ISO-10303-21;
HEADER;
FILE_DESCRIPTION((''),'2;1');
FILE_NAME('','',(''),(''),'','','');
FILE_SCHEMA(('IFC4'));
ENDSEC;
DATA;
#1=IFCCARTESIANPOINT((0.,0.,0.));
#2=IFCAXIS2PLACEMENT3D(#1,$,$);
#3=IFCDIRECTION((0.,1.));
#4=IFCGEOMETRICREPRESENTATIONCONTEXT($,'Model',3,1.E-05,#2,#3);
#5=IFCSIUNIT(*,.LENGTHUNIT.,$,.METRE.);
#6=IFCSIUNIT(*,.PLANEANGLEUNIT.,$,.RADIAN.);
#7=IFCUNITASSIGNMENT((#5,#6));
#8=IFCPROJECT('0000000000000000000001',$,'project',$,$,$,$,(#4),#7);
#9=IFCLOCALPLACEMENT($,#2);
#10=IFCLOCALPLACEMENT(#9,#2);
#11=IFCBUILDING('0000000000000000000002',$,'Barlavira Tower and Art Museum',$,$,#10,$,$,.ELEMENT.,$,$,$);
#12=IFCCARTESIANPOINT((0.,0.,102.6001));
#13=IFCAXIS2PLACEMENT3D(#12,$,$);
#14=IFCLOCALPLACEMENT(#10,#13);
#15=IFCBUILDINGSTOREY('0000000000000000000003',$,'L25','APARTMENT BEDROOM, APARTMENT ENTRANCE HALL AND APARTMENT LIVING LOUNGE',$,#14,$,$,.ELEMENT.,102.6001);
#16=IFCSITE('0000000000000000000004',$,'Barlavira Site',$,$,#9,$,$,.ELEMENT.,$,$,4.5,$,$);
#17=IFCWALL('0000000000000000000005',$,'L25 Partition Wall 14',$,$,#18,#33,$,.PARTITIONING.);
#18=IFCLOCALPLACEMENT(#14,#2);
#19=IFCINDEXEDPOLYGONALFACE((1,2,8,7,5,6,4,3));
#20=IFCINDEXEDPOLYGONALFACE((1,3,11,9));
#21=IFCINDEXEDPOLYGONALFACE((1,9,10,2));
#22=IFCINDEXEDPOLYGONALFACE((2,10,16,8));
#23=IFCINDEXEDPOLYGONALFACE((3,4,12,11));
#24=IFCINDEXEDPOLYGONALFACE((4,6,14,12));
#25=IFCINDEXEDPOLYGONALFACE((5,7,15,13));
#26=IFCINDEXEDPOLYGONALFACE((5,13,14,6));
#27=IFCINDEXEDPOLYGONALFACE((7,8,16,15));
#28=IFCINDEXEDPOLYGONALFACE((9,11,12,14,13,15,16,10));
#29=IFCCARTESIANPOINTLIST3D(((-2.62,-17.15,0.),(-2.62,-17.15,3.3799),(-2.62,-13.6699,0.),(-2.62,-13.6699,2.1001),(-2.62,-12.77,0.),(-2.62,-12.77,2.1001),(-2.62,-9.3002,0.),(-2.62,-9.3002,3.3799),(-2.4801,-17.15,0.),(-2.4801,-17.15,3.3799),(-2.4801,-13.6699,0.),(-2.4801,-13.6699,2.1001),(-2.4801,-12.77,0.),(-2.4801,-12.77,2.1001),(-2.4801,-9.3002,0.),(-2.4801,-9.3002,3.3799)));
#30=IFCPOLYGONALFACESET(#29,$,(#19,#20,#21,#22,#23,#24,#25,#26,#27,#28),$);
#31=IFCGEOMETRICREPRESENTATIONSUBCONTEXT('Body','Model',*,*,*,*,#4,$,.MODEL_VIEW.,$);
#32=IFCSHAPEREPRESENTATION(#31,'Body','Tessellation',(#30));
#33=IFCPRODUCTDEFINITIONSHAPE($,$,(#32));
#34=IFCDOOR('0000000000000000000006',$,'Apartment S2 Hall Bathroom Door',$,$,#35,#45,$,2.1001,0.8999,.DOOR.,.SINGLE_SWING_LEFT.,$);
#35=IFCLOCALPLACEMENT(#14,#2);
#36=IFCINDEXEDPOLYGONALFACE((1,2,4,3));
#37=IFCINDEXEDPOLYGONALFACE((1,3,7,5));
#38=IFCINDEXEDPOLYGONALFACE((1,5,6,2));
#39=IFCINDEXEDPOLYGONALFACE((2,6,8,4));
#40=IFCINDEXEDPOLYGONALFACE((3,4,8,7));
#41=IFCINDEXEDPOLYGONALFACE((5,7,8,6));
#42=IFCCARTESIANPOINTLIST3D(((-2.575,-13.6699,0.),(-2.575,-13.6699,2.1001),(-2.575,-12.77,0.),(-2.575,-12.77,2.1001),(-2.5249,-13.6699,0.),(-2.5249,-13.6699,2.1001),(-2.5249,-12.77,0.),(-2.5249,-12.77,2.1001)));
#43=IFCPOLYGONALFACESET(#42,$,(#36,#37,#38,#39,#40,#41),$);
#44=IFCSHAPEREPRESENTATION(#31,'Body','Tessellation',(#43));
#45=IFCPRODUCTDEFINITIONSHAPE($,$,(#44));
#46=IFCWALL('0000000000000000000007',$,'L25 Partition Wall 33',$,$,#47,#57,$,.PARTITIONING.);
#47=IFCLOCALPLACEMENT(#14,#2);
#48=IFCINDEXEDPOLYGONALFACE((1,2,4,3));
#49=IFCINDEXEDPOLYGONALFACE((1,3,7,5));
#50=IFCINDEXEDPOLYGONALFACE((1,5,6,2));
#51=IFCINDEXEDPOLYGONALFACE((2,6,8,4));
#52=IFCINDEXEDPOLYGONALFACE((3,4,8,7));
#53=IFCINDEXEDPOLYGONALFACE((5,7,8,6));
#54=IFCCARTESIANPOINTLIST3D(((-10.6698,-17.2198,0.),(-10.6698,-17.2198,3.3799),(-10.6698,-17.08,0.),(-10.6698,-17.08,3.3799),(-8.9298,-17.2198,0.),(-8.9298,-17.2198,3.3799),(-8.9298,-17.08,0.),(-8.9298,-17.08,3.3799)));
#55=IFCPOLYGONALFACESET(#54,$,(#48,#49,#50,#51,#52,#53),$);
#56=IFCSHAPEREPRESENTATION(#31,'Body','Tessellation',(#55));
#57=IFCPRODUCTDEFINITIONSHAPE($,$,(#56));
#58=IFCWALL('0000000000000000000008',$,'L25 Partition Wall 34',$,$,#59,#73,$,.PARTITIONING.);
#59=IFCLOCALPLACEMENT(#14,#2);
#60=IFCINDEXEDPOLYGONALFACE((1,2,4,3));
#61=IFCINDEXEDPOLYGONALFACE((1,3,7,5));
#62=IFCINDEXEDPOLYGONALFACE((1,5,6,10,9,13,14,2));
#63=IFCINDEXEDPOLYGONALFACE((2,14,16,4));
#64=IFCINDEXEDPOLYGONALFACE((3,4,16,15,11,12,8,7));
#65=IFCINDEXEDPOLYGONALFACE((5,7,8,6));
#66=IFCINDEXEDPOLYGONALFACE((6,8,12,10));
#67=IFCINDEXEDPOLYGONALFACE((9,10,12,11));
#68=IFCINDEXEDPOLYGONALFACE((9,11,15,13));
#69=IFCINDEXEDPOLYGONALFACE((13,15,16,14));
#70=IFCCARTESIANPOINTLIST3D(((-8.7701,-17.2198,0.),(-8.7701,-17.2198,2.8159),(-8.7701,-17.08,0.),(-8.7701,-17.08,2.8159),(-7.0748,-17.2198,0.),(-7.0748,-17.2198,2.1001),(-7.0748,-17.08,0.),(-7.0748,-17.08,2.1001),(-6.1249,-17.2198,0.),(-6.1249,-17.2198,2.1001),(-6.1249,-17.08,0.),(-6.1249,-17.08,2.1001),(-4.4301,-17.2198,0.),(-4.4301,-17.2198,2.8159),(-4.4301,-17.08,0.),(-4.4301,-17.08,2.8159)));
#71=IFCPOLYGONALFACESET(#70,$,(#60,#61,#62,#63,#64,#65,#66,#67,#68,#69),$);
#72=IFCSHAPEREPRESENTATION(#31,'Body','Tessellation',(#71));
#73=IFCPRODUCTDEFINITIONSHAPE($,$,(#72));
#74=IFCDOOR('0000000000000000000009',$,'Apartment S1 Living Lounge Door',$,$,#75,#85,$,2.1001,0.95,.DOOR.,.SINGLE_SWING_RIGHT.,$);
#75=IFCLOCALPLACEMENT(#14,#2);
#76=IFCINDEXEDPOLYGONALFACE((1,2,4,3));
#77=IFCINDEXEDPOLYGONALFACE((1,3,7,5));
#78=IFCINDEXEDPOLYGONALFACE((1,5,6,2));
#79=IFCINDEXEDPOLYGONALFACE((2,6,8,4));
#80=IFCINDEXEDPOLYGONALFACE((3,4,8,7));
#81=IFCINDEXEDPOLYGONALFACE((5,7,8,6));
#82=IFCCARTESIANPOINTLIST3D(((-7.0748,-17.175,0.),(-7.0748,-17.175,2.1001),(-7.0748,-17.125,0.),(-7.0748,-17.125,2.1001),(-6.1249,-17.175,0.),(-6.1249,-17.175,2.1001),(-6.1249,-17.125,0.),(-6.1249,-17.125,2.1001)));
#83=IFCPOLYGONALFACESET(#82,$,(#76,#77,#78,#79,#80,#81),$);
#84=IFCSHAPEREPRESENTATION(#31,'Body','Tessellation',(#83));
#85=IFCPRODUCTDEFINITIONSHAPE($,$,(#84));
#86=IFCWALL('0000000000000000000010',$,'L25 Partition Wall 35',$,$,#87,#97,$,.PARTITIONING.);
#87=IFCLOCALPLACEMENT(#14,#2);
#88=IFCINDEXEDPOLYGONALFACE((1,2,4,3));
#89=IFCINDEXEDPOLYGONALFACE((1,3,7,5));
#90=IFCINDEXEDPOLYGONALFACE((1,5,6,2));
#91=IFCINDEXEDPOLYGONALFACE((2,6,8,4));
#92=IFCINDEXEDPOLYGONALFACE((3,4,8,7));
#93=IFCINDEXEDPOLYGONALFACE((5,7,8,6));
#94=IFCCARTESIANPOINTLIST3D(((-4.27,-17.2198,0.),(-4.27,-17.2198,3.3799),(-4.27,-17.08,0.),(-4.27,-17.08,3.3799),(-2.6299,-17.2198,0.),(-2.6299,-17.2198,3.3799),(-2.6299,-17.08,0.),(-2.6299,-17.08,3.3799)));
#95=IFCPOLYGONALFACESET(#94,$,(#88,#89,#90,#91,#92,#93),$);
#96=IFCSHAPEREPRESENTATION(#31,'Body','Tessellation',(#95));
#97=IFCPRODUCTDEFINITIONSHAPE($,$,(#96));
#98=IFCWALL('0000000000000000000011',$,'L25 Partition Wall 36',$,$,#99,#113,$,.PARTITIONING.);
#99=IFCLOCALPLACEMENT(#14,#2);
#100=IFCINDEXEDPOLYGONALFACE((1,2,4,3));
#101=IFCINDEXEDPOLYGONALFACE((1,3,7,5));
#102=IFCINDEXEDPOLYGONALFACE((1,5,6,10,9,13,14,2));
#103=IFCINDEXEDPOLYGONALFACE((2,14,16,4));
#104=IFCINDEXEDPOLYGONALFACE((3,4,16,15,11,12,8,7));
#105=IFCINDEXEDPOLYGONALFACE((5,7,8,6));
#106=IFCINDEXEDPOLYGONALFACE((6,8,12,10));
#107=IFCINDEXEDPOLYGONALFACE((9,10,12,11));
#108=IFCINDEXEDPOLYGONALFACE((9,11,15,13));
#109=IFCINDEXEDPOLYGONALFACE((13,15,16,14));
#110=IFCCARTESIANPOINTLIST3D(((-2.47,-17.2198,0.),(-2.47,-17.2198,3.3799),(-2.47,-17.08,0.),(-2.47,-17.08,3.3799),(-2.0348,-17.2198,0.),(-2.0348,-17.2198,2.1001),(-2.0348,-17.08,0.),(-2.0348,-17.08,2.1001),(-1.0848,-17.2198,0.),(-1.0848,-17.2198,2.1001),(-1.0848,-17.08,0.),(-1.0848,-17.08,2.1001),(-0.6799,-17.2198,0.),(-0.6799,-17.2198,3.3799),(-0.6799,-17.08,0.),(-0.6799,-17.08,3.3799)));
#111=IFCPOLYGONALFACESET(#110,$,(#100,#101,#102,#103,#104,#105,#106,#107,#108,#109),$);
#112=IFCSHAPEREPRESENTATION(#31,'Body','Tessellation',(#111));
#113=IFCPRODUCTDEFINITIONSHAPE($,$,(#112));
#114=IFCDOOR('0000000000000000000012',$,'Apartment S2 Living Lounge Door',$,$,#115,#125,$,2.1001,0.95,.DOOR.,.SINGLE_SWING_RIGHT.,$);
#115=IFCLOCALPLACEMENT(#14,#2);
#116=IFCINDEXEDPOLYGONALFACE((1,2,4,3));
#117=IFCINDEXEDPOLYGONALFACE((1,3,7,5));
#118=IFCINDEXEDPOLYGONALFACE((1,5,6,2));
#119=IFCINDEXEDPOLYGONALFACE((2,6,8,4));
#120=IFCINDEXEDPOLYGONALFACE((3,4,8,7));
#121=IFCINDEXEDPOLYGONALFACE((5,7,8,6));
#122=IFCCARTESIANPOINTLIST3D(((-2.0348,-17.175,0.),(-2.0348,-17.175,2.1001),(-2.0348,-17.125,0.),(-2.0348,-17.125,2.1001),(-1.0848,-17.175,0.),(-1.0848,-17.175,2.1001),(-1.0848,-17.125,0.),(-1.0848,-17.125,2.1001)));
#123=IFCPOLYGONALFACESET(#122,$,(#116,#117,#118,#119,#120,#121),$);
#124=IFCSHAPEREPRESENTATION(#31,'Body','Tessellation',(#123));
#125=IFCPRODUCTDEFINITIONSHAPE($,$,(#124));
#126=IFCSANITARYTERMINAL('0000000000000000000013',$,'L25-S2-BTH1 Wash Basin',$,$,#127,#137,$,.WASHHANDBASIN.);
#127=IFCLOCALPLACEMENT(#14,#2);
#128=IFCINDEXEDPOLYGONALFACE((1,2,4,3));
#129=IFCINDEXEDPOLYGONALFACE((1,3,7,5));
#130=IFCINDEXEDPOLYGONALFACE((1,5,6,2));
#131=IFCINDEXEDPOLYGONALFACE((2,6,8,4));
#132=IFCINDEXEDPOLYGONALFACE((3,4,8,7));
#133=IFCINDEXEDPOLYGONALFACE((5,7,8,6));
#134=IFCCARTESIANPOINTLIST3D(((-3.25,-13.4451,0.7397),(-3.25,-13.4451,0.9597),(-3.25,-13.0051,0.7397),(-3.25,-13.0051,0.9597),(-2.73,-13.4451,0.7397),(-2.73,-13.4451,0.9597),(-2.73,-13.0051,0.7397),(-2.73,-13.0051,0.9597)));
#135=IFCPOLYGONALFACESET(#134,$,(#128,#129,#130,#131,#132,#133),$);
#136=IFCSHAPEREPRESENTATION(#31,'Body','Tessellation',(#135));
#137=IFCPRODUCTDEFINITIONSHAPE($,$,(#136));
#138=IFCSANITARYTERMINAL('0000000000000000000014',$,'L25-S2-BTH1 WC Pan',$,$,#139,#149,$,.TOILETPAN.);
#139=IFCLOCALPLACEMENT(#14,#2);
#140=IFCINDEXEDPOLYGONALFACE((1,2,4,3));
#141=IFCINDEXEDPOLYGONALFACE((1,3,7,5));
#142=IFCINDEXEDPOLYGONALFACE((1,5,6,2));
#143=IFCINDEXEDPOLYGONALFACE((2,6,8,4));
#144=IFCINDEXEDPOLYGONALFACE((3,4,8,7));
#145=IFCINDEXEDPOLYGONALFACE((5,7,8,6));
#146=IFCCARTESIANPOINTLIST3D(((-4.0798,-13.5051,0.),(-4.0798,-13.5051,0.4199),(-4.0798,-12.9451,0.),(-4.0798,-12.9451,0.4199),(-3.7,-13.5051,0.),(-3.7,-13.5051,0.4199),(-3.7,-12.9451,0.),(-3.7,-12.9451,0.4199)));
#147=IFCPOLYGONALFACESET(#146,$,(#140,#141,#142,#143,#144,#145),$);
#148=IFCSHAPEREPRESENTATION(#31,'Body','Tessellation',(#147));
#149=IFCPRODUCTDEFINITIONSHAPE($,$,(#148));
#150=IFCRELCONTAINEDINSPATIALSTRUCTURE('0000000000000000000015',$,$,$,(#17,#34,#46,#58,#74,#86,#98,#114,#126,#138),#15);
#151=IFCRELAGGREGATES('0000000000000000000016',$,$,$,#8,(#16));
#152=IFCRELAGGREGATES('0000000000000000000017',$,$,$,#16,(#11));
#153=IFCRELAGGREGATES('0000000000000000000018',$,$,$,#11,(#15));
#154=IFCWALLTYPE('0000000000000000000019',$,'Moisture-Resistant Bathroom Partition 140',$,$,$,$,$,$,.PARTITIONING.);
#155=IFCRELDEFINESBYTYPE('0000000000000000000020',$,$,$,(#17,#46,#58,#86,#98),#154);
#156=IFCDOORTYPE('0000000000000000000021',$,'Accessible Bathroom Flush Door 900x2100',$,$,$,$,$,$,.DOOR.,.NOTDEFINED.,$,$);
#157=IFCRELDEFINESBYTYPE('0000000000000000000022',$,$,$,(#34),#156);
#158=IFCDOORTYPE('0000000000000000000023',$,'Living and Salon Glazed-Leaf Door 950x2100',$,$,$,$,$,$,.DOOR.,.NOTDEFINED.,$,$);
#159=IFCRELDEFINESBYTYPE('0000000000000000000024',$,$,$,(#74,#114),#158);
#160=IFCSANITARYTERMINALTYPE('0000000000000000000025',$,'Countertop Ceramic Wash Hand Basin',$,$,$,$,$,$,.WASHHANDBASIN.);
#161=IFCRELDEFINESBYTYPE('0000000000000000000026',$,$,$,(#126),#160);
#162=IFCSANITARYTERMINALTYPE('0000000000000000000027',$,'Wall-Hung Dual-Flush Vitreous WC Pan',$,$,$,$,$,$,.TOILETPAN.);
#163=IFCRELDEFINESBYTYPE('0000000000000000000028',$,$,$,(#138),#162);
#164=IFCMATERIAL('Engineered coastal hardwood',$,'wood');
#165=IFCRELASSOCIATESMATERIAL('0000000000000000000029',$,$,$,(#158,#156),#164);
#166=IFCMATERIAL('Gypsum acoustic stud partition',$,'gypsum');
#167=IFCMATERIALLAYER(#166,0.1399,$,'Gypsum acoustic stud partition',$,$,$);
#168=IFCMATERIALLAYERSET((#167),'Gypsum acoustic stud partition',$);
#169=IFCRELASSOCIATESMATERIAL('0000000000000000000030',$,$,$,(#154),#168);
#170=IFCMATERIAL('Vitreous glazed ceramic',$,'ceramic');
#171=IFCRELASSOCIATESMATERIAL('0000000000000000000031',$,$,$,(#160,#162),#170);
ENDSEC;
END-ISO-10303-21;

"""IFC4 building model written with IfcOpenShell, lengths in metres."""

from ifc_helpers import new_model, si_unit, direction, frame, frame_2d, origin, origin_2d, place, context, subcontext, project, spatial, rectangle, extrude, material, layer, layer_set, type_object, element, fill, save


model = new_model("IFC4")

# Units and contexts
model_context = context("Model", 3, precision=1e-05, world=origin(), true_north=direction((0.0, 1.0)))
body_context = subcontext(model_context, "Body", "Model", "MODEL_VIEW")
ifc_project = project(units=[si_unit("LENGTHUNIT", "METRE"), si_unit("PLANEANGLEUNIT", "RADIAN")], contexts=[model_context])

# Site, building, storey
site_placement = place(None, origin())
site = spatial("IfcSite", under=ifc_project, at=site_placement, Name="Barlavira Site", CompositionType="ELEMENT", RefElevation=4.5)
building_placement = place(site_placement, origin())
building = spatial("IfcBuilding", under=site, at=building_placement, Name="Barlavira Tower and Art Museum", CompositionType="ELEMENT")
storey_placement = place(building_placement, frame((0.0, 0.0, 102.6001)))
storey = spatial("IfcBuildingStorey", under=building, at=storey_placement, Name="L25", Description="APARTMENT BEDROOM, APARTMENT ENTRANCE HALL AND APARTMENT LIVING LOUNGE", CompositionType="ELEMENT", Elevation=102.6001)

# Shared definitions
ifc_material_1 = material(Name="Gypsum acoustic stud partition", Category="gypsum")
ifc_material_2 = material(Name="Engineered coastal hardwood", Category="wood")
door_type_1 = type_object("IfcDoorType", Name="Living and Salon Glazed-Leaf Door 950x2100", OperationType="NOTDEFINED", PredefinedType="DOOR", material=ifc_material_2)

# Wall, opening, door
ifc_layer_1 = layer(ifc_material_1, 0.1399, Name="Gypsum acoustic stud partition")
ifc_layer_set_1 = layer_set([ifc_layer_1], Name="Gypsum acoustic stud partition")
wall_type_1 = type_object("IfcWallType", Name="Moisture-Resistant Bathroom Partition 140", PredefinedType="PARTITIONING", material=ifc_layer_set_1)
wall_1_placement = place(storey_placement, frame((-2.55, -17.1499, 0.0), z_axis=(0.0, 0.0, 1.0), x_axis=(0.0, 1.0, 0.0)))
wall_1 = element("IfcWall", 1, at=wall_1_placement, inside=storey, type_object=wall_type_1, Name="L25 Partition Wall 14", PredefinedType="PARTITIONING", context=body_context, shape_type="SweptSolid", body=[
    extrude(rectangle(XDim=7.8499, YDim=0.1399, at=frame_2d((3.9248, 0.0))), origin(), (0.0, 0.0, 1.0), 3.3799),
])
opening_1_placement = place(wall_1_placement, frame((3.48, 0.0, 0.0)))
opening_1 = element("IfcOpeningElement", 2, at=opening_1_placement, cuts=wall_1, PredefinedType="OPENING", context=body_context, shape_type="SweptSolid", body=[
    extrude(rectangle(XDim=0.8999, YDim=2.1001, at=frame_2d((0.45, 1.05))), frame((0.0, 0.0801, 0.0), z_axis=(0.0, -1.0, 0.0), x_axis=(1.0, 0.0, 0.0)), (0.0, 0.0, 1.0), 0.1599),
])
door_type_2 = type_object("IfcDoorType", Name="Accessible Bathroom Flush Door 900x2100", OperationType="NOTDEFINED", PredefinedType="DOOR", material=ifc_material_2)
door_1_placement = place(opening_1_placement, origin())
door_1 = element("IfcDoor", 3, at=door_1_placement, inside=storey, type_object=door_type_2, Name="Apartment S2 Hall Bathroom Door", OperationType="SINGLE_SWING_LEFT", OverallHeight=2.1001, OverallWidth=0.8999, PredefinedType="DOOR", context=body_context, shape_type="SweptSolid", body=[
    extrude(rectangle(XDim=0.8999, YDim=2.1001, at=frame_2d((0.45, 1.05))), frame((0.0, 0.0249, 0.0), z_axis=(0.0, -1.0, 0.0), x_axis=(1.0, 0.0, 0.0)), (0.0, 0.0, 1.0), 0.05),
])
fill(opening_1, door_1)

# Wall
wall_2_placement = place(storey_placement, frame((-10.6699, -17.1499, 0.0), z_axis=(0.0, 0.0, 1.0), x_axis=(1.0, 0.0, 0.0)))
element("IfcWall", 4, at=wall_2_placement, inside=storey, type_object=wall_type_1, Name="L25 Partition Wall 33", PredefinedType="PARTITIONING", context=body_context, shape_type="SweptSolid", body=[
    extrude(rectangle(XDim=1.74, YDim=0.1399, at=frame_2d((0.8701, 0.0))), origin(), (0.0, 0.0, 1.0), 3.3799),
])

# Wall, opening, door
wall_3_placement = place(storey_placement, frame((-8.77, -17.1499, 0.0), z_axis=(0.0, 0.0, 1.0), x_axis=(1.0, 0.0, 0.0)))
wall_3 = element("IfcWall", 5, at=wall_3_placement, inside=storey, type_object=wall_type_1, Name="L25 Partition Wall 34", PredefinedType="PARTITIONING", context=body_context, shape_type="SweptSolid", body=[
    extrude(rectangle(XDim=4.3401, YDim=0.1399, at=frame_2d((2.1699, 0.0))), origin(), (0.0, 0.0, 1.0), 2.8159),
])
opening_2_placement = place(wall_3_placement, frame((1.6951, 0.0, 0.0)))
opening_2 = element("IfcOpeningElement", 6, at=opening_2_placement, cuts=wall_3, PredefinedType="OPENING", context=body_context, shape_type="SweptSolid", body=[
    extrude(rectangle(XDim=0.95, YDim=2.1001, at=frame_2d((0.4751, 1.05))), frame((0.0, 0.0801, 0.0), z_axis=(0.0, -1.0, 0.0), x_axis=(1.0, 0.0, 0.0)), (0.0, 0.0, 1.0), 0.1599),
])
door_2_placement = place(opening_2_placement, origin())
door_2 = element("IfcDoor", 7, at=door_2_placement, inside=storey, type_object=door_type_1, Name="Apartment S1 Living Lounge Door", OperationType="SINGLE_SWING_RIGHT", OverallHeight=2.1001, OverallWidth=0.95, PredefinedType="DOOR", context=body_context, shape_type="SweptSolid", body=[
    extrude(rectangle(XDim=0.95, YDim=2.1001, at=frame_2d((0.4751, 1.05))), frame((0.0, 0.0249, 0.0), z_axis=(0.0, -1.0, 0.0), x_axis=(1.0, 0.0, 0.0)), (0.0, 0.0, 1.0), 0.05),
])
fill(opening_2, door_2)

# Wall
wall_4_placement = place(storey_placement, frame((-4.27, -17.1499, 0.0), z_axis=(0.0, 0.0, 1.0), x_axis=(1.0, 0.0, 0.0)))
element("IfcWall", 8, at=wall_4_placement, inside=storey, type_object=wall_type_1, Name="L25 Partition Wall 35", PredefinedType="PARTITIONING", context=body_context, shape_type="SweptSolid", body=[
    extrude(rectangle(XDim=1.6401, YDim=0.1399, at=frame_2d((0.8201, 0.0))), origin(), (0.0, 0.0, 1.0), 3.3799),
])

# Wall, opening, door
wall_5_placement = place(storey_placement, frame((-2.47, -17.1499, 0.0), z_axis=(0.0, 0.0, 1.0), x_axis=(1.0, 0.0, 0.0)))
wall_5 = element("IfcWall", 9, at=wall_5_placement, inside=storey, type_object=wall_type_1, Name="L25 Partition Wall 36", PredefinedType="PARTITIONING", context=body_context, shape_type="SweptSolid", body=[
    extrude(rectangle(XDim=1.79, YDim=0.1399, at=frame_2d((0.895, 0.0))), origin(), (0.0, 0.0, 1.0), 3.3799),
])
opening_3_placement = place(wall_5_placement, frame((0.4351, 0.0, 0.0)))
opening_3 = element("IfcOpeningElement", 10, at=opening_3_placement, cuts=wall_5, PredefinedType="OPENING", context=body_context, shape_type="SweptSolid", body=[
    extrude(rectangle(XDim=0.95, YDim=2.1001, at=frame_2d((0.4751, 1.05))), frame((0.0, 0.0801, 0.0), z_axis=(0.0, -1.0, 0.0), x_axis=(1.0, 0.0, 0.0)), (0.0, 0.0, 1.0), 0.1599),
])
door_3_placement = place(opening_3_placement, origin())
door_3 = element("IfcDoor", 11, at=door_3_placement, inside=storey, type_object=door_type_1, Name="Apartment S2 Living Lounge Door", OperationType="SINGLE_SWING_RIGHT", OverallHeight=2.1001, OverallWidth=0.95, PredefinedType="DOOR", context=body_context, shape_type="SweptSolid", body=[
    extrude(rectangle(XDim=0.95, YDim=2.1001, at=frame_2d((0.4751, 1.05))), frame((0.0, 0.0249, 0.0), z_axis=(0.0, -1.0, 0.0), x_axis=(1.0, 0.0, 0.0)), (0.0, 0.0, 1.0), 0.05),
])
fill(opening_3, door_3)

# Sanitary terminals
ifc_material_3 = material(Name="Vitreous glazed ceramic", Category="ceramic")
sanitary_terminal_type_1 = type_object("IfcSanitaryTerminalType", Name="Countertop Ceramic Wash Hand Basin", PredefinedType="WASHHANDBASIN", material=ifc_material_3)
sanitary_terminal_1_placement = place(storey_placement, frame((-2.99, -13.2251, 0.7397), z_axis=(0.0, 0.0, 1.0), x_axis=(1.0, 0.0, 0.0)))
element("IfcSanitaryTerminal", 12, at=sanitary_terminal_1_placement, inside=storey, type_object=sanitary_terminal_type_1, Name="L25-S2-BTH1 Wash Basin", PredefinedType="WASHHANDBASIN", context=body_context, shape_type="SweptSolid", body=[
    extrude(rectangle(XDim=0.52, YDim=0.4399, at=origin_2d()), origin(), (0.0, 0.0, 1.0), 0.22),
])
sanitary_terminal_type_2 = type_object("IfcSanitaryTerminalType", Name="Wall-Hung Dual-Flush Vitreous WC Pan", PredefinedType="TOILETPAN", material=ifc_material_3)
sanitary_terminal_2_placement = place(storey_placement, frame((-3.8899, -13.2251, 0.0), z_axis=(0.0, 0.0, 1.0), x_axis=(1.0, 0.0, 0.0)))
element("IfcSanitaryTerminal", 13, at=sanitary_terminal_2_placement, inside=storey, type_object=sanitary_terminal_type_2, Name="L25-S2-BTH1 WC Pan", PredefinedType="TOILETPAN", context=body_context, shape_type="SweptSolid", body=[
    extrude(rectangle(XDim=0.3799, YDim=0.5601, at=origin_2d()), origin(), (0.0, 0.0, 1.0), 0.4199),
])

save(model, "model.ifc")
